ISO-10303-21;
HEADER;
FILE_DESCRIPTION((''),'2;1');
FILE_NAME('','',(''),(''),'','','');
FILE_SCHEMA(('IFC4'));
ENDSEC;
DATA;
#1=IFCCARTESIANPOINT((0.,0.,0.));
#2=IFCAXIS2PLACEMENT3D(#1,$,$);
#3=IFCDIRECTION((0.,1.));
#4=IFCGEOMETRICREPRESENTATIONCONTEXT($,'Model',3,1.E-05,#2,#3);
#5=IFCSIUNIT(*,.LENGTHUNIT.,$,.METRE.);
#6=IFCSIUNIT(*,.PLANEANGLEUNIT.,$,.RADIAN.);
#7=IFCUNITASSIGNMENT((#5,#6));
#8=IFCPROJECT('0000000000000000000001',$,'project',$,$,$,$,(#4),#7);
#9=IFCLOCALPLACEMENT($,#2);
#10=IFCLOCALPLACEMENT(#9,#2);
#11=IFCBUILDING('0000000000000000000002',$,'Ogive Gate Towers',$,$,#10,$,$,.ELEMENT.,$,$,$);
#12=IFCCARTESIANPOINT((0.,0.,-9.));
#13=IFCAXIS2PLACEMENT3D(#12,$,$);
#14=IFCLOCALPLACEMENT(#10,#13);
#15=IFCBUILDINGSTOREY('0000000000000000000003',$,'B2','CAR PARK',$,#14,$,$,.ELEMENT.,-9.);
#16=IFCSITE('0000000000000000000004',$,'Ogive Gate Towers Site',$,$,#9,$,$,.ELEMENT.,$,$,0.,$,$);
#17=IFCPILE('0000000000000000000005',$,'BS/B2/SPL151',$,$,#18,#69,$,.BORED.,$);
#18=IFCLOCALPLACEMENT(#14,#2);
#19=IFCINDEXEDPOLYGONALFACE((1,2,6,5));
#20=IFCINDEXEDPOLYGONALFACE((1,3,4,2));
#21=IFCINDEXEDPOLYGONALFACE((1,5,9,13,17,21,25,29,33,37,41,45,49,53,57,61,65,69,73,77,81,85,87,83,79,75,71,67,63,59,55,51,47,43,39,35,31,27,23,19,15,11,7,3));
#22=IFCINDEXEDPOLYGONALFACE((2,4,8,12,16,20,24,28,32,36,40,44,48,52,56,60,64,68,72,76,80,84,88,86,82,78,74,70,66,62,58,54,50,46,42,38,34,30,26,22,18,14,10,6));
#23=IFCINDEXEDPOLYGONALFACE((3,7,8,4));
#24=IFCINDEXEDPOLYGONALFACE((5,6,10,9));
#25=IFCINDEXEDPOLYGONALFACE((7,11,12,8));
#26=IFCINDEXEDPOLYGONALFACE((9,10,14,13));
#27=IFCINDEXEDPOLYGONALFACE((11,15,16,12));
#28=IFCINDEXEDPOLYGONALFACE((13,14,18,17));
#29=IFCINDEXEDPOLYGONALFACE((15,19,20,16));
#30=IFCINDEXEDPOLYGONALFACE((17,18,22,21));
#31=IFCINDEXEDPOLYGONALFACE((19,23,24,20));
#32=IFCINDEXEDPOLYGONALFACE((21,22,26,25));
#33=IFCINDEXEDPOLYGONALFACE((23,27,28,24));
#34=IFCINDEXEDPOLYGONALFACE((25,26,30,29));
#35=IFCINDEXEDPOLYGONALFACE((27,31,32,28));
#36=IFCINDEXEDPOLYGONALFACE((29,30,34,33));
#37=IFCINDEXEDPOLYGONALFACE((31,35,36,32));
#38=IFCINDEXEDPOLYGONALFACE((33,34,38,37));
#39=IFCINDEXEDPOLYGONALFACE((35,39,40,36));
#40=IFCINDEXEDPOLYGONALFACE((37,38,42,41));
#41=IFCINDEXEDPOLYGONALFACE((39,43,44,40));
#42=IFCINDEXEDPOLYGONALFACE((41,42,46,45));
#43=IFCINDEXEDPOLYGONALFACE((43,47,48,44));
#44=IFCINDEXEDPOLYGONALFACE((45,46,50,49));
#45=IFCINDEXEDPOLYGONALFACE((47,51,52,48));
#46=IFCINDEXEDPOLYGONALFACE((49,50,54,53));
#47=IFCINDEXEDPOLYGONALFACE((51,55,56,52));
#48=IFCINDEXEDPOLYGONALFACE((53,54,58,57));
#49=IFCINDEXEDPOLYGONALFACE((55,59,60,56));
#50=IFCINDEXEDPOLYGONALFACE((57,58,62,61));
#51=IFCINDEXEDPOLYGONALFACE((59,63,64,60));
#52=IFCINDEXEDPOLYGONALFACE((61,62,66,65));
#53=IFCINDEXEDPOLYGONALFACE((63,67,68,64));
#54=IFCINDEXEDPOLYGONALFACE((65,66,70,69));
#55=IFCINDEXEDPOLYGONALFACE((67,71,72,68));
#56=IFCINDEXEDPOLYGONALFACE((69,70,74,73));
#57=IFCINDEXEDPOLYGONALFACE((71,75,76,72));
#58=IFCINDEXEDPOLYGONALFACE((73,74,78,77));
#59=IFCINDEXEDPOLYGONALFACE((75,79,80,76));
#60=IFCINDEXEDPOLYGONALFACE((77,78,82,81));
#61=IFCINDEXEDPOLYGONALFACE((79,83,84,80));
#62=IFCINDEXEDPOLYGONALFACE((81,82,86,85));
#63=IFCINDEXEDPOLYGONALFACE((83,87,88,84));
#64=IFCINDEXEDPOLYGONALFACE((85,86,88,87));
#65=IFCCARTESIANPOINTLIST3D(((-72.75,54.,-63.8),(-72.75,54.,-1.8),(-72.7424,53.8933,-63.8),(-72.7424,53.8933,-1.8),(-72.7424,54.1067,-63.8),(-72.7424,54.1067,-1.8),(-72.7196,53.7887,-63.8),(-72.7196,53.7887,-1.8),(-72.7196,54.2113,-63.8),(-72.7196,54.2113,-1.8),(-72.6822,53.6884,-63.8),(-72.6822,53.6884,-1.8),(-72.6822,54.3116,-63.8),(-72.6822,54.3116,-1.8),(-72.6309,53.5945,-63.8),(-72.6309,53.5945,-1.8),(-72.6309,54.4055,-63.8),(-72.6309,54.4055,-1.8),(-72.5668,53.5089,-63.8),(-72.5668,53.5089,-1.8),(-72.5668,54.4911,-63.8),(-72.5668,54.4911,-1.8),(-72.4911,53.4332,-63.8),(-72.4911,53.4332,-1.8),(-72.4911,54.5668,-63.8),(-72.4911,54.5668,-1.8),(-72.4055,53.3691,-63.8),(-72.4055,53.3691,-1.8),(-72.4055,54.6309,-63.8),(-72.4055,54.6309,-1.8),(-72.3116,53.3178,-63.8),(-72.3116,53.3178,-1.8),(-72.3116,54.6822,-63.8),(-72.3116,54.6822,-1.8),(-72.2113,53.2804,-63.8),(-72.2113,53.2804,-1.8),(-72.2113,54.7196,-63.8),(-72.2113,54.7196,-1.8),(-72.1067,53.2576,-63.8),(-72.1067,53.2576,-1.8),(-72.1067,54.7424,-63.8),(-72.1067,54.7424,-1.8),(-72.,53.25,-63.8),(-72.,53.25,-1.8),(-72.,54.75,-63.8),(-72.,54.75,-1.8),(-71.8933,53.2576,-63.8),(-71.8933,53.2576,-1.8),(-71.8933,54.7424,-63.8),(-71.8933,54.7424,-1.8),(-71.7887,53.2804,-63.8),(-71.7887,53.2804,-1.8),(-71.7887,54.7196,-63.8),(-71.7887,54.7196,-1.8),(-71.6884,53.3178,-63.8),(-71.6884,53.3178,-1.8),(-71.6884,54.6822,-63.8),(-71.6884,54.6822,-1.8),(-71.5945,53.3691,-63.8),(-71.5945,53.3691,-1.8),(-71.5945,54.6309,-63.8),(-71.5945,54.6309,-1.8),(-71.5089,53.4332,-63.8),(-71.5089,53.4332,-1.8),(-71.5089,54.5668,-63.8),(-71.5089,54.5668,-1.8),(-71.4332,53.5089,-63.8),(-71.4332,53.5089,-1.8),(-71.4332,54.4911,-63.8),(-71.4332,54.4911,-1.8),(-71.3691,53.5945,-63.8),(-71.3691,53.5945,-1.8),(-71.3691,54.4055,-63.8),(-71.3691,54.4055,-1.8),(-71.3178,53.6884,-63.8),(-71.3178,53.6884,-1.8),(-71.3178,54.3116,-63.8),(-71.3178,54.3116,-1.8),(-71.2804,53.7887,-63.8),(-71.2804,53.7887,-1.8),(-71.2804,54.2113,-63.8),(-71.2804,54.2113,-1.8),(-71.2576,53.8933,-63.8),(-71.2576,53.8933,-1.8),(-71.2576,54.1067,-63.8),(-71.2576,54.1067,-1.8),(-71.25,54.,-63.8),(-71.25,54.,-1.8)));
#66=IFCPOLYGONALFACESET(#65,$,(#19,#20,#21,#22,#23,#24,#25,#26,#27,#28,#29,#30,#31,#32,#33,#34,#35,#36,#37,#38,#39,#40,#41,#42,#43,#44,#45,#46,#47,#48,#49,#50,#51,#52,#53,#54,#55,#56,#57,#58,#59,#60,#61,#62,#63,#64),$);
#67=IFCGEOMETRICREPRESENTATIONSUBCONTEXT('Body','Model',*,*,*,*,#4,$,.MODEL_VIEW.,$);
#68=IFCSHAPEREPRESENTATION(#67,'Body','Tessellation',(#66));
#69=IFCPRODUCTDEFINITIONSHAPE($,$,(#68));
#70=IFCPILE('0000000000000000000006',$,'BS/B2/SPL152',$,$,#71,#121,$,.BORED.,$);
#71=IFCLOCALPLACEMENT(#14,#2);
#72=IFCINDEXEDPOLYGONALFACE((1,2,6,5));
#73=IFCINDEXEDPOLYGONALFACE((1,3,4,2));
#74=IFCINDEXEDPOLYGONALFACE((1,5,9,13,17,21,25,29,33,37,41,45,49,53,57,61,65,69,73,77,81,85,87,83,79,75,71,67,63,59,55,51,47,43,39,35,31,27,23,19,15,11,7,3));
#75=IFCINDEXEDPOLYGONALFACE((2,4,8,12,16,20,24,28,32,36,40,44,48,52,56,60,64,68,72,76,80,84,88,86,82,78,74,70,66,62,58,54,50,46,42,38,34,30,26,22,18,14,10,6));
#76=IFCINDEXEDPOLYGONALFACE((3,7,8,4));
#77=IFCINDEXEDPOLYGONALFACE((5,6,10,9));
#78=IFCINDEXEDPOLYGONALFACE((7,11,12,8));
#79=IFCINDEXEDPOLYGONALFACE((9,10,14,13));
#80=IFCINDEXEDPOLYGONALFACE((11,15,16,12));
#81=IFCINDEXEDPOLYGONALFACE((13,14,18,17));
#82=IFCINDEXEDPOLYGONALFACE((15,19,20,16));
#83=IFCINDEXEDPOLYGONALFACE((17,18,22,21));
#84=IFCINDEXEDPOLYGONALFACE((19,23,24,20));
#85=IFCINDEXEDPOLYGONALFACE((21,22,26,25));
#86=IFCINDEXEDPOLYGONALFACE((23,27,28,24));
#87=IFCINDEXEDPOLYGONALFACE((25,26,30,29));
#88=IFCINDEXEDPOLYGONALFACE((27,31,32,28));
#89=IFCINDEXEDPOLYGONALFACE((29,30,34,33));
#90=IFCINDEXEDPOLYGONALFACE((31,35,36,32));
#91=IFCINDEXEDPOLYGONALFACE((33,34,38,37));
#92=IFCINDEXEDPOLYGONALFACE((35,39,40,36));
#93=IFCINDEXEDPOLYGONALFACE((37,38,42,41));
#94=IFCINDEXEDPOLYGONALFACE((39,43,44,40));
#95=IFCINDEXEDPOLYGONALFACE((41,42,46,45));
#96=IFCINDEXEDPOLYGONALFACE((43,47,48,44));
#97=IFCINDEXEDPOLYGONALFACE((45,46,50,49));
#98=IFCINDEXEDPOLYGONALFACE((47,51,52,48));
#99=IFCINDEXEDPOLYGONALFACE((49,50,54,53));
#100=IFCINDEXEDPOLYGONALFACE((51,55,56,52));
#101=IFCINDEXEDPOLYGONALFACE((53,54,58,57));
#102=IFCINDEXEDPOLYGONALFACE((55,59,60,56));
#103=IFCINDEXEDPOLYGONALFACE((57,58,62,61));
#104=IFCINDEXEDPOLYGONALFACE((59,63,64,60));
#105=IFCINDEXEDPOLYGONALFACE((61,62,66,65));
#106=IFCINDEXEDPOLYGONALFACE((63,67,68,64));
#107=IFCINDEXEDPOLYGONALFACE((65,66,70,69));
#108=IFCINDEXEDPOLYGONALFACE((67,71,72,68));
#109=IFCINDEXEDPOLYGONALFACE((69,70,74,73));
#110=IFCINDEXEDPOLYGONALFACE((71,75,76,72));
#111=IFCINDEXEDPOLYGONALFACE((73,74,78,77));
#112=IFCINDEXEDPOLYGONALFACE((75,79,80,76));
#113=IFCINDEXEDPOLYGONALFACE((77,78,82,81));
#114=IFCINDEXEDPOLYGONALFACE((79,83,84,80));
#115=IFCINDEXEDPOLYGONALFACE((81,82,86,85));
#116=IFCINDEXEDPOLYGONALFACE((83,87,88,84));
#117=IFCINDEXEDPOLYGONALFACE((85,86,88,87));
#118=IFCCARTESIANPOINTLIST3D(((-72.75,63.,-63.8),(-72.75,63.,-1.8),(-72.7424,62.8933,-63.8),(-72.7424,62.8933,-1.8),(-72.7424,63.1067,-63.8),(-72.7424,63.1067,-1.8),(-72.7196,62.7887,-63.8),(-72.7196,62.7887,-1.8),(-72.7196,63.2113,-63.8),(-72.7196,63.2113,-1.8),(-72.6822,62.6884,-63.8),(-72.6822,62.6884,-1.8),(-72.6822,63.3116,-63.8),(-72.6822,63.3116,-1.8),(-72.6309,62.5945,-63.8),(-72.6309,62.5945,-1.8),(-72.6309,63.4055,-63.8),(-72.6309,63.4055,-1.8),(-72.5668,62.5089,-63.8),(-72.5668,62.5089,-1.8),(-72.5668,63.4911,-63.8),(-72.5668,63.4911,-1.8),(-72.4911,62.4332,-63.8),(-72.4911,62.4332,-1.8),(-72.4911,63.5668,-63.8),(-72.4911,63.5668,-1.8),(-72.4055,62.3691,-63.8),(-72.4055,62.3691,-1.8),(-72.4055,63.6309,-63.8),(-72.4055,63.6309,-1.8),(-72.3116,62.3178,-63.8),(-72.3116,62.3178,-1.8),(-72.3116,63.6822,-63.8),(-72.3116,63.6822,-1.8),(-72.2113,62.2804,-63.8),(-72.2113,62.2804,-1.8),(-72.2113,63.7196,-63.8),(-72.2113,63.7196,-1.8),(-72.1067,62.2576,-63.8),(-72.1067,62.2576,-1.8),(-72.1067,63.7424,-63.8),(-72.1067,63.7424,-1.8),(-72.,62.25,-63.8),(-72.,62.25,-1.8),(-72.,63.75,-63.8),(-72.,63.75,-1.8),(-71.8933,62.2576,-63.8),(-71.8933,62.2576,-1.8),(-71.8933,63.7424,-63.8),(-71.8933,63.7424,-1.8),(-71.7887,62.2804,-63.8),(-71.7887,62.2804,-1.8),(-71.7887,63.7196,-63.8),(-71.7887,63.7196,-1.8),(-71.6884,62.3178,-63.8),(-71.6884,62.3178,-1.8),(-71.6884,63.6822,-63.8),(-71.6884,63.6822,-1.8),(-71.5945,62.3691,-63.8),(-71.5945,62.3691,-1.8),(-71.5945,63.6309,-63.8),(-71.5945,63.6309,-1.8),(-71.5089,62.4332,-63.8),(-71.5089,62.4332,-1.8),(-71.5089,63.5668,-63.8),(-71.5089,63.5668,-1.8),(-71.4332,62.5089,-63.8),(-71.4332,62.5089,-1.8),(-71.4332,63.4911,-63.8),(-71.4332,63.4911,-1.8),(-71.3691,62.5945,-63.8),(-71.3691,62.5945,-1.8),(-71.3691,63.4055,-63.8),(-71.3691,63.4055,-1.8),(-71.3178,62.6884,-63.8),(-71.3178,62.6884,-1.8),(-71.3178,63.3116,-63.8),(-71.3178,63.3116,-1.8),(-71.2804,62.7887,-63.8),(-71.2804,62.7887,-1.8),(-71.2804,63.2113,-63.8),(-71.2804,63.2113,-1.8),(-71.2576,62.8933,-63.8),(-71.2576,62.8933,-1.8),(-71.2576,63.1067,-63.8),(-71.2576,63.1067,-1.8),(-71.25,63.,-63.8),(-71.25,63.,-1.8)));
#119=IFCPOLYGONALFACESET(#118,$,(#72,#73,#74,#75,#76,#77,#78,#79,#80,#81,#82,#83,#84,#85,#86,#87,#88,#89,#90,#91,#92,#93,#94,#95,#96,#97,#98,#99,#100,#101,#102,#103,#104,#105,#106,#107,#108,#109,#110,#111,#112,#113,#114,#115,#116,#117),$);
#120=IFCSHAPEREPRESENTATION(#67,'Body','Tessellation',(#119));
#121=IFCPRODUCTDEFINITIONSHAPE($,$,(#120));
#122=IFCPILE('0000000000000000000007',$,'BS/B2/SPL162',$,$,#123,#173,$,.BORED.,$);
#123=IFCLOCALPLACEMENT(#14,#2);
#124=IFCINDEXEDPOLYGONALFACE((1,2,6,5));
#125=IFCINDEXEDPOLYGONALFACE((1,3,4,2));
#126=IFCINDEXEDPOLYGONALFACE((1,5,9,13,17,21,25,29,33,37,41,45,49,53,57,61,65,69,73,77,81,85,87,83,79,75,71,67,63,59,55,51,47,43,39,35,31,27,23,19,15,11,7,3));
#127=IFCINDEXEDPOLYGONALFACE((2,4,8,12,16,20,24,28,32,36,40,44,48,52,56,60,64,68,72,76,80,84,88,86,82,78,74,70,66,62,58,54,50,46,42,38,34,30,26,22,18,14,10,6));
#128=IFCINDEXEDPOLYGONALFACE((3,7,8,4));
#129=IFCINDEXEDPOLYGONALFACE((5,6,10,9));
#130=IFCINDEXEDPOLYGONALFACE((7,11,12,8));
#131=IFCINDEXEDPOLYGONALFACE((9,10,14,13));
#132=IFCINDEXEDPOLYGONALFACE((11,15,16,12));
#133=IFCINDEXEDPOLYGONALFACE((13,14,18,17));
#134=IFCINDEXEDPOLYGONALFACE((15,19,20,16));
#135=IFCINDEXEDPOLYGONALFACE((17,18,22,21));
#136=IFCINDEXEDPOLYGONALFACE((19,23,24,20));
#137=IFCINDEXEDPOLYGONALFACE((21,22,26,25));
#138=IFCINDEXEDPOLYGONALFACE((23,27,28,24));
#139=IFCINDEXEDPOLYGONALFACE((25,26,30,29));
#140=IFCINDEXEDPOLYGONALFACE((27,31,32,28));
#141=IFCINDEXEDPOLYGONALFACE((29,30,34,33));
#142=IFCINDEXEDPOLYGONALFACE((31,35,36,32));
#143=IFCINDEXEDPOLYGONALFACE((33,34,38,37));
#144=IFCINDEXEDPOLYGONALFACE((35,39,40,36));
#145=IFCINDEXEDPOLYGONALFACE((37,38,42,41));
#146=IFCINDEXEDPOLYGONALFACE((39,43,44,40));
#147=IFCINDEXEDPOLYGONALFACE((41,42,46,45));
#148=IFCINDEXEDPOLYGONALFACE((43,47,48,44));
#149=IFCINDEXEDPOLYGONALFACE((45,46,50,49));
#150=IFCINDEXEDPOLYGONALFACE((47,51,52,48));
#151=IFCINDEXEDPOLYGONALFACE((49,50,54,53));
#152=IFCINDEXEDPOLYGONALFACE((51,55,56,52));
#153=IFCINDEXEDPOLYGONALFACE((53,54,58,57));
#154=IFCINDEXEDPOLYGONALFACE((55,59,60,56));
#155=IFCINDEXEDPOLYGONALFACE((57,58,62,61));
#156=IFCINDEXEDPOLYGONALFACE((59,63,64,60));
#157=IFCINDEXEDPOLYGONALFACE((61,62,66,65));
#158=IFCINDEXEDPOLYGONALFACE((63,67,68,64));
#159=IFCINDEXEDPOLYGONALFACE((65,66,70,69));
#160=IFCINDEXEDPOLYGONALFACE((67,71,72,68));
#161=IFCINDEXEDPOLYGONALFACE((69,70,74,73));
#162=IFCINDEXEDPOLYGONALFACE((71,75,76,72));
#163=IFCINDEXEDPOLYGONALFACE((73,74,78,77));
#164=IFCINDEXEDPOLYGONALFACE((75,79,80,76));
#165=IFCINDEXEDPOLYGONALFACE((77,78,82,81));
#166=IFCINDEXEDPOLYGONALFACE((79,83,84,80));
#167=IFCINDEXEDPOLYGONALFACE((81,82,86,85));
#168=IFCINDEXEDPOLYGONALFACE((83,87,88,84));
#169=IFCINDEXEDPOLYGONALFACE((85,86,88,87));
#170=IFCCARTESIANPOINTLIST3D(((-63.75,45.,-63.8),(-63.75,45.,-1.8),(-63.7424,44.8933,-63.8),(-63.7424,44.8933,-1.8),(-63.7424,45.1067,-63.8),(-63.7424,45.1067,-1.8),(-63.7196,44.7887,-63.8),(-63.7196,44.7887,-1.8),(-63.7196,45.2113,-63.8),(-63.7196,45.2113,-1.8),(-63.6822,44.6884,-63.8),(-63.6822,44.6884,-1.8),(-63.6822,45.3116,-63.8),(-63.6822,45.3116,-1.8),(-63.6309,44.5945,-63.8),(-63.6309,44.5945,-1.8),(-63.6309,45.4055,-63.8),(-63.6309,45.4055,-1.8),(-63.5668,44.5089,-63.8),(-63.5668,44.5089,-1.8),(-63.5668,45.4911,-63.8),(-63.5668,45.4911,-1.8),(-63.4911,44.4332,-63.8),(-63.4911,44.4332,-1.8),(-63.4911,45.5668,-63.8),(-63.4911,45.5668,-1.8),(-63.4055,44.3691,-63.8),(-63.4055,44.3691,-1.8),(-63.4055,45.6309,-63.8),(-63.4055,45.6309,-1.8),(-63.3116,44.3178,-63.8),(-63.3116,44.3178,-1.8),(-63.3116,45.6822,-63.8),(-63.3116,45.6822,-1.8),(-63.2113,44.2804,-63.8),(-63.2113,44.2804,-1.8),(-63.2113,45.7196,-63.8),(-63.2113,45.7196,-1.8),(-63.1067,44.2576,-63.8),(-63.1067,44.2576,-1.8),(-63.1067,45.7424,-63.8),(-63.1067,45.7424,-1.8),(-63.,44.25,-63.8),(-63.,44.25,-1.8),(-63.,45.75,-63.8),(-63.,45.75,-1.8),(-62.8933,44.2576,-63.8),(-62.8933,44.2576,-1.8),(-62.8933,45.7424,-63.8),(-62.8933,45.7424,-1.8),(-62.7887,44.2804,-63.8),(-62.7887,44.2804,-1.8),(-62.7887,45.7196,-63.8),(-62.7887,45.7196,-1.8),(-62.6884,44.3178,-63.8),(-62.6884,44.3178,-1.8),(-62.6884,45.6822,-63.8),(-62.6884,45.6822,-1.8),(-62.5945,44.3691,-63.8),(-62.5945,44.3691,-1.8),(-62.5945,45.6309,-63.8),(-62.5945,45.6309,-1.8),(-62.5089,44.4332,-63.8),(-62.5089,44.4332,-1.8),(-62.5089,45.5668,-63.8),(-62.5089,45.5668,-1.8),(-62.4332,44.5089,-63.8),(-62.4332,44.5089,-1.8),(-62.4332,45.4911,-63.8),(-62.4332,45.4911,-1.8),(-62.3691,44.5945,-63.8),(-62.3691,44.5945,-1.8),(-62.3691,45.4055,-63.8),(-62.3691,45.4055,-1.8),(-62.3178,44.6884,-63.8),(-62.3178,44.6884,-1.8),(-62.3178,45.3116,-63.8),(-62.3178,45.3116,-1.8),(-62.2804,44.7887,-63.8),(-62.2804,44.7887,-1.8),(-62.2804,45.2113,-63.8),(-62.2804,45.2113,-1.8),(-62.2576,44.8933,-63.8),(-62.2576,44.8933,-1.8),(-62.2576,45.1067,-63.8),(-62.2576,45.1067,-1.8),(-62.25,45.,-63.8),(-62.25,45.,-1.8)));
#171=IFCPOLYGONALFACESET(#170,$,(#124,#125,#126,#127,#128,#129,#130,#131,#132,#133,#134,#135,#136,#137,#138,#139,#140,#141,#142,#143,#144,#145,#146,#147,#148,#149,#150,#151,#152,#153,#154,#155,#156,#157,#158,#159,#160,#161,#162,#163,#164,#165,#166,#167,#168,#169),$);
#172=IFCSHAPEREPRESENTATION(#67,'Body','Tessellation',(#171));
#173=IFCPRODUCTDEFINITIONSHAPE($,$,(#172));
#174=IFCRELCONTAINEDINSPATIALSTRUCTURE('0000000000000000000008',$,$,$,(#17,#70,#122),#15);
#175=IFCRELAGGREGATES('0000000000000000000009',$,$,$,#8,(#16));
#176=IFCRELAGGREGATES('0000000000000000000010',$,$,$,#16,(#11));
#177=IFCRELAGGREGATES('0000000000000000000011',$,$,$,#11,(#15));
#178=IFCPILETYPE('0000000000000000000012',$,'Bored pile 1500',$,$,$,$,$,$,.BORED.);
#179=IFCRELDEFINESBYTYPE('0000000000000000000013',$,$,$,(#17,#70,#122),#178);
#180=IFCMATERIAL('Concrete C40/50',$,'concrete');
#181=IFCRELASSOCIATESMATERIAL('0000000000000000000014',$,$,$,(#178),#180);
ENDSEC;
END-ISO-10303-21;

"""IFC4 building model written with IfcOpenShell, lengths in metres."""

from ifc_helpers import new_model, si_unit, direction, frame, origin, origin_2d, place, context, subcontext, project, spatial, circle, extrude, material, material_profile, profile_set, type_object, element, save


model = new_model("IFC4")

# Units and contexts
model_context = context("Model", 3, precision=1e-05, world=origin(), true_north=direction((0.0, 1.0)))
body_context = subcontext(model_context, "Body", "Model", "MODEL_VIEW")
ifc_project = project(units=[si_unit("LENGTHUNIT", "METRE"), si_unit("PLANEANGLEUNIT", "RADIAN")], contexts=[model_context])

# Site, building, storey
site_placement = place(None, origin())
site = spatial("IfcSite", under=ifc_project, at=site_placement, Name="Ogive Gate Towers Site", CompositionType="ELEMENT", RefElevation=0.0)
building_placement = place(site_placement, origin())
building = spatial("IfcBuilding", under=site, at=building_placement, Name="Ogive Gate Towers", CompositionType="ELEMENT")
storey_placement = place(building_placement, frame((0.0, 0.0, -9.0)))
storey = spatial("IfcBuildingStorey", under=building, at=storey_placement, Name="B2", Description="CAR PARK", CompositionType="ELEMENT", Elevation=-9.0)

# Piles
ifc_material_1 = material(Name="Concrete C40/50", Category="concrete")
ifc_material_profile_1 = material_profile(ifc_material_1, circle(Radius=0.75, at=origin_2d()), Name="BP 1500")
ifc_profile_set_1 = profile_set([ifc_material_profile_1], Name="Concrete C40/50")
pile_type = type_object("IfcPileType", Name="Bored pile 1500", PredefinedType="BORED", material=ifc_profile_set_1)
for number, where, z_axis, x_axis, name in (
    (1, (-72.0, 54.0, -1.8), (0.0, 0.0, -1.0), (1.0, 0.0, 0.0), "BS/B2/SPL151"),
    (2, (-72.0, 63.0, -1.8), (0.0, 0.0, -1.0), (1.0, 0.0, 0.0), "BS/B2/SPL152"),
    (3, (-63.0, 45.0, -1.8), (0.0, 0.0, -1.0), (1.0, 0.0, 0.0), "BS/B2/SPL162"),
):
    element("IfcPile", number, at=place(storey_placement, frame(where, z_axis=z_axis, x_axis=x_axis)), inside=storey, type_object=pile_type, Name=name, PredefinedType="BORED", context=body_context, shape_type="SweptSolid", body=[
        extrude(circle(Radius=0.75, at=origin_2d()), origin(), (0.0, 0.0, 1.0), 62.0),
    ])

save(model, "model.ifc")
